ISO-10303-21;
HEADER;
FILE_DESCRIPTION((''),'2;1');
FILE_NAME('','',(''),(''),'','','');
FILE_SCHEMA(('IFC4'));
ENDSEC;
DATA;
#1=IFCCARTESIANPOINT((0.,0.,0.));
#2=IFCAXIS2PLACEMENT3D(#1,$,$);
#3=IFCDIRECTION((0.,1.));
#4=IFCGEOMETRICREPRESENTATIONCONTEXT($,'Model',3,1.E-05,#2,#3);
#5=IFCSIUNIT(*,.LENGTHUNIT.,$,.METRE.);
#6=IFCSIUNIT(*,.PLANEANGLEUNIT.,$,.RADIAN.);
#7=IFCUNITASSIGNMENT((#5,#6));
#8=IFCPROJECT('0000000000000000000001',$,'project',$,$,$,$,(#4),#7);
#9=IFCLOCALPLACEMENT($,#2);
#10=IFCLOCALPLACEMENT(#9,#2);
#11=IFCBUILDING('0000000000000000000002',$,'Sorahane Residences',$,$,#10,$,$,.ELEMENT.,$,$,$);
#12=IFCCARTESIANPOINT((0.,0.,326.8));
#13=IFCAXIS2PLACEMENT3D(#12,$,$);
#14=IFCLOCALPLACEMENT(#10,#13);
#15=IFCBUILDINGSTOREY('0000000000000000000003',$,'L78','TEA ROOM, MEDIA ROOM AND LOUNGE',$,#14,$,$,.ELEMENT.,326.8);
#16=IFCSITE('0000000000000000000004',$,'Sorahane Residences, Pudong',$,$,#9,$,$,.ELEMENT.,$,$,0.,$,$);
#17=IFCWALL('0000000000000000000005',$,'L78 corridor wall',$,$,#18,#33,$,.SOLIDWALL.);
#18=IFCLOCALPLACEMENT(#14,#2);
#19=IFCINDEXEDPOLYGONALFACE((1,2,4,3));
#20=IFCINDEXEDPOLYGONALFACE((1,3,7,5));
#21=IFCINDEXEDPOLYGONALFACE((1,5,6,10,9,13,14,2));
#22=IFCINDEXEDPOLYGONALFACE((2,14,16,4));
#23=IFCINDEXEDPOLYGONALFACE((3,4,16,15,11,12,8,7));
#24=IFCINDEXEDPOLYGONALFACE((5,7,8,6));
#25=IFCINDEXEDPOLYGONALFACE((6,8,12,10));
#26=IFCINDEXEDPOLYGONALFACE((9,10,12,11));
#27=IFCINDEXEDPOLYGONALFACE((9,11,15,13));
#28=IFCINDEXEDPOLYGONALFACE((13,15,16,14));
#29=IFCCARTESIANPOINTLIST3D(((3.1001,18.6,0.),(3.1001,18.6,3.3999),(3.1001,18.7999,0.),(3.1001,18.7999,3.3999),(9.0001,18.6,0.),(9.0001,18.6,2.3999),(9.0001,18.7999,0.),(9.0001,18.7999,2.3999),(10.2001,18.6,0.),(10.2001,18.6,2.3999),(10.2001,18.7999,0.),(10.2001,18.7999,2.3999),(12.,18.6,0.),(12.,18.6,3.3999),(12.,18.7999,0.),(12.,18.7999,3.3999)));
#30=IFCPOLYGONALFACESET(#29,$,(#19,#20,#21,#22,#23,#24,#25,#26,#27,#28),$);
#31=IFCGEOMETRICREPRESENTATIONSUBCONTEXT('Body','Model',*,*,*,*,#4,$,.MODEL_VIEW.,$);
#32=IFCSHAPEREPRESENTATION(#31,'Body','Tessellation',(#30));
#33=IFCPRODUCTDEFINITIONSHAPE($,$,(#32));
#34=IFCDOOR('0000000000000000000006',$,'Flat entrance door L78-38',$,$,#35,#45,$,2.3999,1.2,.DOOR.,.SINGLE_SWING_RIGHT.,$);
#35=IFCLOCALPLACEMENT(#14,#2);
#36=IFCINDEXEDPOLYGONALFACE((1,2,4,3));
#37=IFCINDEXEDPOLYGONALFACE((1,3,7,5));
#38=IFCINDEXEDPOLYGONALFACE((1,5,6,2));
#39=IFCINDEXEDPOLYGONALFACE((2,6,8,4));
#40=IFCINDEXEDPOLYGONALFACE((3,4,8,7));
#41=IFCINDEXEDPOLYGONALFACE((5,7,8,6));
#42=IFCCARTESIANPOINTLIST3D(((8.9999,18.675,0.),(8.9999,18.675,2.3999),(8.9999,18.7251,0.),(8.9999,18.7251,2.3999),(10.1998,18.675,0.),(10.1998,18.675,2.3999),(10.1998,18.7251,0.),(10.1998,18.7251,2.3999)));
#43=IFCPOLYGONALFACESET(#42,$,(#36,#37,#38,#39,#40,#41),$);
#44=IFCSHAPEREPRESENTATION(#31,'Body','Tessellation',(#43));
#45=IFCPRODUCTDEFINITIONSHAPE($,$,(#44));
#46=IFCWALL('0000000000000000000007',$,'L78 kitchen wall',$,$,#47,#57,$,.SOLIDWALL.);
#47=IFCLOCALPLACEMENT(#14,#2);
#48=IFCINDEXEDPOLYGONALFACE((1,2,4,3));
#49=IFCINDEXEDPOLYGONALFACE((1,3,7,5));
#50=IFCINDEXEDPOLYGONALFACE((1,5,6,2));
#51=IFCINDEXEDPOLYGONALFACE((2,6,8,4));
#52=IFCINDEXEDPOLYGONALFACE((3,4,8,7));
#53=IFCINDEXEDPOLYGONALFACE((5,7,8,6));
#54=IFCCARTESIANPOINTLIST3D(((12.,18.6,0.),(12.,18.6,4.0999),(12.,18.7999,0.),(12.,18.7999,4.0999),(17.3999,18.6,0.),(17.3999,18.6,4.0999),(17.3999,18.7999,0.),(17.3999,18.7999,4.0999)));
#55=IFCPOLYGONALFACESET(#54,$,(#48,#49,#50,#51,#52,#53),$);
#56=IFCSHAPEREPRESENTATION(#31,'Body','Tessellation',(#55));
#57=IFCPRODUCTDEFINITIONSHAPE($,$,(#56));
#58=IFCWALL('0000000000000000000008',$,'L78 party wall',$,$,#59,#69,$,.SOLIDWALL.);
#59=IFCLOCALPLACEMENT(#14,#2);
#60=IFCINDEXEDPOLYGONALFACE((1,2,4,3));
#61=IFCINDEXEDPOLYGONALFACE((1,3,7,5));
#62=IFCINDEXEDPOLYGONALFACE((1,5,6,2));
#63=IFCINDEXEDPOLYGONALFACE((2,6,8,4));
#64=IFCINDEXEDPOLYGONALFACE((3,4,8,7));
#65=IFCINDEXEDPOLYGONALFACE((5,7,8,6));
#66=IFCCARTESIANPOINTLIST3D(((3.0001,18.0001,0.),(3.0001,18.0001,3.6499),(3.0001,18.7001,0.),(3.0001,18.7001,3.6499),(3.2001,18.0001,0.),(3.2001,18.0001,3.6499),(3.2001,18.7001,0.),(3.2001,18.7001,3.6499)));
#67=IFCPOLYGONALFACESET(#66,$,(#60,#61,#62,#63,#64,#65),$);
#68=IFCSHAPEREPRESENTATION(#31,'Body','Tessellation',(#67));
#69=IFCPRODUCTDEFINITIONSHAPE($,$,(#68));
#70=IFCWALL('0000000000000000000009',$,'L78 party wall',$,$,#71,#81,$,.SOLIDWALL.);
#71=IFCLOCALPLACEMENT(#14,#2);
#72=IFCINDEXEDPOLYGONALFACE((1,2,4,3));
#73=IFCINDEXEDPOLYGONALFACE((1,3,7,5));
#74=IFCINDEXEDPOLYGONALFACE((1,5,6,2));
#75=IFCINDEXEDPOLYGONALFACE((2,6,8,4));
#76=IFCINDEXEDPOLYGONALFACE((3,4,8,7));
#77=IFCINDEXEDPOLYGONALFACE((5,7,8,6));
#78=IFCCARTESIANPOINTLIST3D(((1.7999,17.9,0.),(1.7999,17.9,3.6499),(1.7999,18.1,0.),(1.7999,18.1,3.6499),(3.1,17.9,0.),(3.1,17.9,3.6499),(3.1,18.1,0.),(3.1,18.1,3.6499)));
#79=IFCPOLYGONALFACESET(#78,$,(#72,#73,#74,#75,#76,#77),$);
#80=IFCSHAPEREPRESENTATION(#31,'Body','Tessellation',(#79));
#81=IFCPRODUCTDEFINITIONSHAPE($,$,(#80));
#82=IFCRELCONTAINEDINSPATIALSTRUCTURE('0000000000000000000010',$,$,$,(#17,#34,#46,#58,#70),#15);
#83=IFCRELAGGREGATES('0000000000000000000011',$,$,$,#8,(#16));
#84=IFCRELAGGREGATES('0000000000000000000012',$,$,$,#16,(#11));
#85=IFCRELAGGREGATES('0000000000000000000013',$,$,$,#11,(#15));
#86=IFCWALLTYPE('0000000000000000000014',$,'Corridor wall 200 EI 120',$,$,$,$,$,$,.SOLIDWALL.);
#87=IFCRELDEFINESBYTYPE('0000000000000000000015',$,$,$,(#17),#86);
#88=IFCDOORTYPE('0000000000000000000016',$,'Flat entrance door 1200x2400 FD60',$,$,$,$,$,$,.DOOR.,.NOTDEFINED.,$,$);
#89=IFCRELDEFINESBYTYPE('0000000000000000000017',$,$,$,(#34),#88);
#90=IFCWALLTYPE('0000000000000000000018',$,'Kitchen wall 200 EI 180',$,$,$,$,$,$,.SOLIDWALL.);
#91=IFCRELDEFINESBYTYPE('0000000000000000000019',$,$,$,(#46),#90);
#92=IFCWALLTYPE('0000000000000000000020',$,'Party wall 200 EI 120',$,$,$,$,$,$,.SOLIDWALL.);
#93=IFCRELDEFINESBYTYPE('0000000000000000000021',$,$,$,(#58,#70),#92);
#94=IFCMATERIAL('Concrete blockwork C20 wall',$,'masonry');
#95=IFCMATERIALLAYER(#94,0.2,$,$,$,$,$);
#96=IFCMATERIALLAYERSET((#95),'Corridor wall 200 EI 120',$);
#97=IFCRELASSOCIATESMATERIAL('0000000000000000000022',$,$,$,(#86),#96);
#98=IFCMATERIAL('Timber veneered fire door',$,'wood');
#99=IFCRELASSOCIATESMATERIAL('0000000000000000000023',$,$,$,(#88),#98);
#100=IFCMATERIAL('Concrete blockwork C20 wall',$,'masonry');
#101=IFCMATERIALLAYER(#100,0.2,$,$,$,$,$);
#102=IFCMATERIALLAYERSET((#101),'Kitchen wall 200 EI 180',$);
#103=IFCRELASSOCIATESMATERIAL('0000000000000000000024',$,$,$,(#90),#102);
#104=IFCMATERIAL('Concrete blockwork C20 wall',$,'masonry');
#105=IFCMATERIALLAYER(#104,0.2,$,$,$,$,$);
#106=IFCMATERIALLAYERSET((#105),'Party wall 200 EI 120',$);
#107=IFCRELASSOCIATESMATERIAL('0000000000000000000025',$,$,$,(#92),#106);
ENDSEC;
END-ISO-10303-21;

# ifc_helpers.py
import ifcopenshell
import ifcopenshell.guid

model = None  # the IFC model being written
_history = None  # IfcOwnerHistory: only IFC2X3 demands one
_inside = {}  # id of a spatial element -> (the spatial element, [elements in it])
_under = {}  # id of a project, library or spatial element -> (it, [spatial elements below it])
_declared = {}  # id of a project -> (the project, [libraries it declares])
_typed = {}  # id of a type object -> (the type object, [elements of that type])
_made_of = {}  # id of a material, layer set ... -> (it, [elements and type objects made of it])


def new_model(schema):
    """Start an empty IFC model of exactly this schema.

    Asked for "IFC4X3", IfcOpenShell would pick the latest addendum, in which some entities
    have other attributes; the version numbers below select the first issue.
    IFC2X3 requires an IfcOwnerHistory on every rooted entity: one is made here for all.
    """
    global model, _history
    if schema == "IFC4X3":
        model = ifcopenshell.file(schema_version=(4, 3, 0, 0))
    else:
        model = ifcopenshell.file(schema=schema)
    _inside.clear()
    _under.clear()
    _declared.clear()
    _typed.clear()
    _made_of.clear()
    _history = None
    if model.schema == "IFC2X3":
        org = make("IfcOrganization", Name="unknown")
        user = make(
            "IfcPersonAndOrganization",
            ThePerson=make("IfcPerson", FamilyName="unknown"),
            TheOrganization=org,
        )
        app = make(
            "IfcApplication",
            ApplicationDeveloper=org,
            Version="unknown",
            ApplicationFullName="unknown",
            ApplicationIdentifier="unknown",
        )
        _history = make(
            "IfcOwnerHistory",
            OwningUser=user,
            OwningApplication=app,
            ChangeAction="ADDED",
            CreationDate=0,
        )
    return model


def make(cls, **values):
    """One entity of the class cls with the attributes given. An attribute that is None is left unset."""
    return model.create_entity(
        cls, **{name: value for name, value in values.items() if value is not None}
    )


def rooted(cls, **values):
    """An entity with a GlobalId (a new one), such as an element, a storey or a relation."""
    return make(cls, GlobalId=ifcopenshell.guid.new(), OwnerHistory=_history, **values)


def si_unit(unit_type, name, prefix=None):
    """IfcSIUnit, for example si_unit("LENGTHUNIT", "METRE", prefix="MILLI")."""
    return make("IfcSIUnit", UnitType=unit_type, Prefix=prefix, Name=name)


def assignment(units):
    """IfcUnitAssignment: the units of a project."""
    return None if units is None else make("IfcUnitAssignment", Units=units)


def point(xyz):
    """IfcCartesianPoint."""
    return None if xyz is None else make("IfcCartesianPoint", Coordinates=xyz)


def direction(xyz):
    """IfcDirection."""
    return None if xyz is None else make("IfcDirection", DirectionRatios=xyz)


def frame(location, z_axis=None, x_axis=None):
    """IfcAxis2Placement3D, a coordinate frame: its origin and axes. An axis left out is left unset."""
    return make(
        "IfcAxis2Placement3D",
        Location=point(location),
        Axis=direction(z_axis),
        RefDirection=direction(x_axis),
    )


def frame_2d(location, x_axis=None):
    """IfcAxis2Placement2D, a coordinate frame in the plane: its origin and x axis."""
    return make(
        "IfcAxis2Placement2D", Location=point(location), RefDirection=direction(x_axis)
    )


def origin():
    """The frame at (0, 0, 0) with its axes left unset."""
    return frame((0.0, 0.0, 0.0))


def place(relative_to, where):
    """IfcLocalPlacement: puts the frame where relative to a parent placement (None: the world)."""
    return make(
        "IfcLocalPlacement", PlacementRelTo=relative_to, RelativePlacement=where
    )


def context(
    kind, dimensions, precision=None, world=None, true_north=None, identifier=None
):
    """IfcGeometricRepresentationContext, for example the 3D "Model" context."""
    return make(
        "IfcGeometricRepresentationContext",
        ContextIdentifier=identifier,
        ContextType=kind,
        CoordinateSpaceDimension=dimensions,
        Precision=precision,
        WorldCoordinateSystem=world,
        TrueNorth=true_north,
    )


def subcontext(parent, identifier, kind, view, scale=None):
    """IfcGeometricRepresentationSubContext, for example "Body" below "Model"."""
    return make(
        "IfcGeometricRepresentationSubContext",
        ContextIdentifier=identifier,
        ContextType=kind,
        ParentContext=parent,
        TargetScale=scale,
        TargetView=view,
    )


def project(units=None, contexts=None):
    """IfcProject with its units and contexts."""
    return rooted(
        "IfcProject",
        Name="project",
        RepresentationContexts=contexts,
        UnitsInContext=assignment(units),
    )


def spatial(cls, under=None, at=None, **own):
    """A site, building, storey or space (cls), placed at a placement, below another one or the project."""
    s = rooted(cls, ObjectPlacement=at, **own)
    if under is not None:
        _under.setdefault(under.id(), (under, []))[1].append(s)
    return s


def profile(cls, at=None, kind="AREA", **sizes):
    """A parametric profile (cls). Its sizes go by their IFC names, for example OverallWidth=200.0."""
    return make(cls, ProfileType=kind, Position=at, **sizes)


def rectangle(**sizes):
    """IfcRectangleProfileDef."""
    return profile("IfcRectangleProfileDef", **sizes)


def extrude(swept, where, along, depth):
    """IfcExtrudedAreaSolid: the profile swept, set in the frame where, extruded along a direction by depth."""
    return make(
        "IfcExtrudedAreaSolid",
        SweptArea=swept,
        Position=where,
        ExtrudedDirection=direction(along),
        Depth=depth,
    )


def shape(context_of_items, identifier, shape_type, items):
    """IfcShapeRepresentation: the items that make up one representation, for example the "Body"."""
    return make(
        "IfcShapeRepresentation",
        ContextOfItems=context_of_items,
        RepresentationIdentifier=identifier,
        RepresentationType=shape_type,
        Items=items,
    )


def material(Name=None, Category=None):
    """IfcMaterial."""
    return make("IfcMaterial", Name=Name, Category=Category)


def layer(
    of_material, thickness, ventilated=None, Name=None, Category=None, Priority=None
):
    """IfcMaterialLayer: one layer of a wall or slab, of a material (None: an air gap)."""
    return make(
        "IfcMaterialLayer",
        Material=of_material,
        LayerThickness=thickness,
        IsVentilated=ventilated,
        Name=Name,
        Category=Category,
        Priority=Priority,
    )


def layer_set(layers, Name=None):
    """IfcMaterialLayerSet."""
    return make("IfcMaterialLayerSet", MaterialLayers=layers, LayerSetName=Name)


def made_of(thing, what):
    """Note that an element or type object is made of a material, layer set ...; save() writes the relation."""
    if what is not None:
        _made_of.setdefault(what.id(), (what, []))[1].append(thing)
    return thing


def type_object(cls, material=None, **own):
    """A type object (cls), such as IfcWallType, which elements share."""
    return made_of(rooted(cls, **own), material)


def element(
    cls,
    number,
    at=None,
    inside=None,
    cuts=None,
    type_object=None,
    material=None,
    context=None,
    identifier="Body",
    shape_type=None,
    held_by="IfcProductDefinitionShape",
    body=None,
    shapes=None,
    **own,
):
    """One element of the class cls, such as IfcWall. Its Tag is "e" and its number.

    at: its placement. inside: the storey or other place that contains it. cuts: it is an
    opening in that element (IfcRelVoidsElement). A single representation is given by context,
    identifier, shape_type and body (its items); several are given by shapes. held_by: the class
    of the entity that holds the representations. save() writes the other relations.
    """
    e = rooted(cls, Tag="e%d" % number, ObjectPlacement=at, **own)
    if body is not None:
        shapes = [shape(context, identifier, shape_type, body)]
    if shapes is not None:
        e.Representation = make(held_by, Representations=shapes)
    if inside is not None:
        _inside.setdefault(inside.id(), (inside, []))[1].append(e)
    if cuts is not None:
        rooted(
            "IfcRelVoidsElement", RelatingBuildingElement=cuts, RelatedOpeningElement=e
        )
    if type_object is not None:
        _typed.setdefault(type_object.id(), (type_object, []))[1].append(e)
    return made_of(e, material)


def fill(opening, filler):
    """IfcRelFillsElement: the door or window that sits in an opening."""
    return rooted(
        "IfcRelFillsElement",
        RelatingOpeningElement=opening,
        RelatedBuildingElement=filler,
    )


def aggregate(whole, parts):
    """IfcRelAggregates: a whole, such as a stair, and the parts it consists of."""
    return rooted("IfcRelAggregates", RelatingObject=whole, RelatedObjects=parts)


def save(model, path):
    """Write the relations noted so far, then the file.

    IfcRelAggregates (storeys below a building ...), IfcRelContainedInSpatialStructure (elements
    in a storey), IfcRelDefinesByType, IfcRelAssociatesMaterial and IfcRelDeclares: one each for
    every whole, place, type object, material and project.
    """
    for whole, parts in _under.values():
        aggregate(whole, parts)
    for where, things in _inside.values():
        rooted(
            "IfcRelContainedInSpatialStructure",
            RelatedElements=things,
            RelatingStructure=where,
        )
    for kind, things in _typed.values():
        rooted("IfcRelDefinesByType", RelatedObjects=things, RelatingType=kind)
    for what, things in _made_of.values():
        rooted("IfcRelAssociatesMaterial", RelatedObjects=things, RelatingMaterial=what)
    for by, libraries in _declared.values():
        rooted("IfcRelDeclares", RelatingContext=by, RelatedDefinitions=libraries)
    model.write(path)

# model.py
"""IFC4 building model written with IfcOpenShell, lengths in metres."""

from ifc_helpers import new_model, si_unit, direction, frame, frame_2d, origin, place, context, subcontext, project, spatial, rectangle, extrude, material, layer, layer_set, type_object, element, fill, save


model = new_model("IFC4")

# Units and contexts
model_context = context("Model", 3, precision=1e-05, world=origin(), true_north=direction((0.0, 1.0)))
body_context = subcontext(model_context, "Body", "Model", "MODEL_VIEW")
ifc_project = project(units=[si_unit("LENGTHUNIT", "METRE"), si_unit("PLANEANGLEUNIT", "RADIAN")], contexts=[model_context])

# Site, building, storey
site_placement = place(None, origin())
site = spatial("IfcSite", under=ifc_project, at=site_placement, Name="Sorahane Residences, Pudong", CompositionType="ELEMENT", RefElevation=0.0)
building_placement = place(site_placement, origin())
building = spatial("IfcBuilding", under=site, at=building_placement, Name="Sorahane Residences", CompositionType="ELEMENT")
storey_placement = place(building_placement, frame((0.0, 0.0, 326.8)))
storey = spatial("IfcBuildingStorey", under=building, at=storey_placement, Name="L78", Description="TEA ROOM, MEDIA ROOM AND LOUNGE", CompositionType="ELEMENT", Elevation=326.8)

# Wall, opening, door
ifc_material_1 = material(Name="Concrete blockwork C20 wall", Category="masonry")
ifc_layer_1 = layer(ifc_material_1, 0.2)
ifc_layer_set_1 = layer_set([ifc_layer_1], Name="Corridor wall 200 EI 120")
wall_type_1 = type_object("IfcWallType", Name="Corridor wall 200 EI 120", PredefinedType="SOLIDWALL", material=ifc_layer_set_1)
ifc_material_2 = material(Name="Timber veneered fire door", Category="wood")
door_type = type_object("IfcDoorType", Name="Flat entrance door 1200x2400 FD60", OperationType="NOTDEFINED", PredefinedType="DOOR", material=ifc_material_2)
wall_1_placement = place(storey_placement, frame((3.1001, 18.7, 0.0), z_axis=(0.0, 0.0, 1.0), x_axis=(1.0, 0.0, 0.0)))
wall_1 = element("IfcWall", 1, at=wall_1_placement, inside=storey, type_object=wall_type_1, Name="L78 corridor wall", PredefinedType="SOLIDWALL", context=body_context, shape_type="SweptSolid", body=[
    extrude(rectangle(XDim=8.8999, YDim=0.2, at=frame_2d((4.45, 0.0))), origin(), (0.0, 0.0, 1.0), 3.3999),
])
opening_1_placement = place(wall_1_placement, frame((5.8999, 0.0, 0.0)))
opening_1 = element("IfcOpeningElement", 2, at=opening_1_placement, cuts=wall_1, PredefinedType="OPENING", context=body_context, shape_type="SweptSolid", body=[
    extrude(rectangle(XDim=1.2, YDim=2.3999, at=frame_2d((0.6001, 1.2))), frame((0.0, 0.1099, 0.0), z_axis=(0.0, -1.0, 0.0), x_axis=(1.0, 0.0, 0.0)), (0.0, 0.0, 1.0), 0.22),
])
door_1_placement = place(opening_1_placement, frame((1.2, 0.0, 0.0), z_axis=(0.0, 0.0, 1.0), x_axis=(-1.0, 0.0, 0.0)))
door_1 = element("IfcDoor", 3, at=door_1_placement, inside=storey, type_object=door_type, Name="Flat entrance door L78-38", OperationType="SINGLE_SWING_RIGHT", OverallHeight=2.3999, OverallWidth=1.2, PredefinedType="DOOR", context=body_context, shape_type="SweptSolid", body=[
    extrude(rectangle(XDim=1.2, YDim=2.3999, at=frame_2d((0.6001, 1.2))), frame((0.0, 0.0249, 0.0), z_axis=(0.0, -1.0, 0.0), x_axis=(1.0, 0.0, 0.0)), (0.0, 0.0, 1.0), 0.05),
])
fill(opening_1, door_1)

# Walls
ifc_material_3 = material(Name="Concrete blockwork C20 wall", Category="masonry")
ifc_layer_2 = layer(ifc_material_3, 0.2)
ifc_layer_set_2 = layer_set([ifc_layer_2], Name="Kitchen wall 200 EI 180")
wall_type_2 = type_object("IfcWallType", Name="Kitchen wall 200 EI 180", PredefinedType="SOLIDWALL", material=ifc_layer_set_2)
wall_2_placement = place(storey_placement, frame((12.0, 18.7, 0.0), z_axis=(0.0, 0.0, 1.0), x_axis=(1.0, 0.0, 0.0)))
element("IfcWall", 4, at=wall_2_placement, inside=storey, type_object=wall_type_2, Name="L78 kitchen wall", PredefinedType="SOLIDWALL", context=body_context, shape_type="SweptSolid", body=[
    extrude(rectangle(XDim=5.3999, YDim=0.2, at=frame_2d((2.7, 0.0))), origin(), (0.0, 0.0, 1.0), 4.0999),
])
ifc_material_4 = material(Name="Concrete blockwork C20 wall", Category="masonry")
ifc_layer_3 = layer(ifc_material_4, 0.2)
ifc_layer_set_3 = layer_set([ifc_layer_3], Name="Party wall 200 EI 120")
wall_type_3 = type_object("IfcWallType", Name="Party wall 200 EI 120", PredefinedType="SOLIDWALL", material=ifc_layer_set_3)
wall_3_placement = place(storey_placement, frame((3.1001, 18.0, 0.0), z_axis=(0.0, 0.0, 1.0), x_axis=(0.0, 1.0, 0.0)))
element("IfcWall", 5, at=wall_3_placement, inside=storey, type_object=wall_type_3, Name="L78 party wall", PredefinedType="SOLIDWALL", context=body_context, shape_type="SweptSolid", body=[
    extrude(rectangle(XDim=0.7, YDim=0.2, at=frame_2d((0.3501, 0.0))), origin(), (0.0, 0.0, 1.0), 3.6499),
])
wall_4_placement = place(storey_placement, frame((1.8, 18.0, 0.0), z_axis=(0.0, 0.0, 1.0), x_axis=(1.0, 0.0, 0.0)))
element("IfcWall", 6, at=wall_4_placement, inside=storey, type_object=wall_type_3, Name="L78 party wall", PredefinedType="SOLIDWALL", context=body_context, shape_type="SweptSolid", body=[
    extrude(rectangle(XDim=1.3, YDim=0.2, at=frame_2d((0.6499, 0.0))), origin(), (0.0, 0.0, 1.0), 3.6499),
])

save(model, "model.ifc")
